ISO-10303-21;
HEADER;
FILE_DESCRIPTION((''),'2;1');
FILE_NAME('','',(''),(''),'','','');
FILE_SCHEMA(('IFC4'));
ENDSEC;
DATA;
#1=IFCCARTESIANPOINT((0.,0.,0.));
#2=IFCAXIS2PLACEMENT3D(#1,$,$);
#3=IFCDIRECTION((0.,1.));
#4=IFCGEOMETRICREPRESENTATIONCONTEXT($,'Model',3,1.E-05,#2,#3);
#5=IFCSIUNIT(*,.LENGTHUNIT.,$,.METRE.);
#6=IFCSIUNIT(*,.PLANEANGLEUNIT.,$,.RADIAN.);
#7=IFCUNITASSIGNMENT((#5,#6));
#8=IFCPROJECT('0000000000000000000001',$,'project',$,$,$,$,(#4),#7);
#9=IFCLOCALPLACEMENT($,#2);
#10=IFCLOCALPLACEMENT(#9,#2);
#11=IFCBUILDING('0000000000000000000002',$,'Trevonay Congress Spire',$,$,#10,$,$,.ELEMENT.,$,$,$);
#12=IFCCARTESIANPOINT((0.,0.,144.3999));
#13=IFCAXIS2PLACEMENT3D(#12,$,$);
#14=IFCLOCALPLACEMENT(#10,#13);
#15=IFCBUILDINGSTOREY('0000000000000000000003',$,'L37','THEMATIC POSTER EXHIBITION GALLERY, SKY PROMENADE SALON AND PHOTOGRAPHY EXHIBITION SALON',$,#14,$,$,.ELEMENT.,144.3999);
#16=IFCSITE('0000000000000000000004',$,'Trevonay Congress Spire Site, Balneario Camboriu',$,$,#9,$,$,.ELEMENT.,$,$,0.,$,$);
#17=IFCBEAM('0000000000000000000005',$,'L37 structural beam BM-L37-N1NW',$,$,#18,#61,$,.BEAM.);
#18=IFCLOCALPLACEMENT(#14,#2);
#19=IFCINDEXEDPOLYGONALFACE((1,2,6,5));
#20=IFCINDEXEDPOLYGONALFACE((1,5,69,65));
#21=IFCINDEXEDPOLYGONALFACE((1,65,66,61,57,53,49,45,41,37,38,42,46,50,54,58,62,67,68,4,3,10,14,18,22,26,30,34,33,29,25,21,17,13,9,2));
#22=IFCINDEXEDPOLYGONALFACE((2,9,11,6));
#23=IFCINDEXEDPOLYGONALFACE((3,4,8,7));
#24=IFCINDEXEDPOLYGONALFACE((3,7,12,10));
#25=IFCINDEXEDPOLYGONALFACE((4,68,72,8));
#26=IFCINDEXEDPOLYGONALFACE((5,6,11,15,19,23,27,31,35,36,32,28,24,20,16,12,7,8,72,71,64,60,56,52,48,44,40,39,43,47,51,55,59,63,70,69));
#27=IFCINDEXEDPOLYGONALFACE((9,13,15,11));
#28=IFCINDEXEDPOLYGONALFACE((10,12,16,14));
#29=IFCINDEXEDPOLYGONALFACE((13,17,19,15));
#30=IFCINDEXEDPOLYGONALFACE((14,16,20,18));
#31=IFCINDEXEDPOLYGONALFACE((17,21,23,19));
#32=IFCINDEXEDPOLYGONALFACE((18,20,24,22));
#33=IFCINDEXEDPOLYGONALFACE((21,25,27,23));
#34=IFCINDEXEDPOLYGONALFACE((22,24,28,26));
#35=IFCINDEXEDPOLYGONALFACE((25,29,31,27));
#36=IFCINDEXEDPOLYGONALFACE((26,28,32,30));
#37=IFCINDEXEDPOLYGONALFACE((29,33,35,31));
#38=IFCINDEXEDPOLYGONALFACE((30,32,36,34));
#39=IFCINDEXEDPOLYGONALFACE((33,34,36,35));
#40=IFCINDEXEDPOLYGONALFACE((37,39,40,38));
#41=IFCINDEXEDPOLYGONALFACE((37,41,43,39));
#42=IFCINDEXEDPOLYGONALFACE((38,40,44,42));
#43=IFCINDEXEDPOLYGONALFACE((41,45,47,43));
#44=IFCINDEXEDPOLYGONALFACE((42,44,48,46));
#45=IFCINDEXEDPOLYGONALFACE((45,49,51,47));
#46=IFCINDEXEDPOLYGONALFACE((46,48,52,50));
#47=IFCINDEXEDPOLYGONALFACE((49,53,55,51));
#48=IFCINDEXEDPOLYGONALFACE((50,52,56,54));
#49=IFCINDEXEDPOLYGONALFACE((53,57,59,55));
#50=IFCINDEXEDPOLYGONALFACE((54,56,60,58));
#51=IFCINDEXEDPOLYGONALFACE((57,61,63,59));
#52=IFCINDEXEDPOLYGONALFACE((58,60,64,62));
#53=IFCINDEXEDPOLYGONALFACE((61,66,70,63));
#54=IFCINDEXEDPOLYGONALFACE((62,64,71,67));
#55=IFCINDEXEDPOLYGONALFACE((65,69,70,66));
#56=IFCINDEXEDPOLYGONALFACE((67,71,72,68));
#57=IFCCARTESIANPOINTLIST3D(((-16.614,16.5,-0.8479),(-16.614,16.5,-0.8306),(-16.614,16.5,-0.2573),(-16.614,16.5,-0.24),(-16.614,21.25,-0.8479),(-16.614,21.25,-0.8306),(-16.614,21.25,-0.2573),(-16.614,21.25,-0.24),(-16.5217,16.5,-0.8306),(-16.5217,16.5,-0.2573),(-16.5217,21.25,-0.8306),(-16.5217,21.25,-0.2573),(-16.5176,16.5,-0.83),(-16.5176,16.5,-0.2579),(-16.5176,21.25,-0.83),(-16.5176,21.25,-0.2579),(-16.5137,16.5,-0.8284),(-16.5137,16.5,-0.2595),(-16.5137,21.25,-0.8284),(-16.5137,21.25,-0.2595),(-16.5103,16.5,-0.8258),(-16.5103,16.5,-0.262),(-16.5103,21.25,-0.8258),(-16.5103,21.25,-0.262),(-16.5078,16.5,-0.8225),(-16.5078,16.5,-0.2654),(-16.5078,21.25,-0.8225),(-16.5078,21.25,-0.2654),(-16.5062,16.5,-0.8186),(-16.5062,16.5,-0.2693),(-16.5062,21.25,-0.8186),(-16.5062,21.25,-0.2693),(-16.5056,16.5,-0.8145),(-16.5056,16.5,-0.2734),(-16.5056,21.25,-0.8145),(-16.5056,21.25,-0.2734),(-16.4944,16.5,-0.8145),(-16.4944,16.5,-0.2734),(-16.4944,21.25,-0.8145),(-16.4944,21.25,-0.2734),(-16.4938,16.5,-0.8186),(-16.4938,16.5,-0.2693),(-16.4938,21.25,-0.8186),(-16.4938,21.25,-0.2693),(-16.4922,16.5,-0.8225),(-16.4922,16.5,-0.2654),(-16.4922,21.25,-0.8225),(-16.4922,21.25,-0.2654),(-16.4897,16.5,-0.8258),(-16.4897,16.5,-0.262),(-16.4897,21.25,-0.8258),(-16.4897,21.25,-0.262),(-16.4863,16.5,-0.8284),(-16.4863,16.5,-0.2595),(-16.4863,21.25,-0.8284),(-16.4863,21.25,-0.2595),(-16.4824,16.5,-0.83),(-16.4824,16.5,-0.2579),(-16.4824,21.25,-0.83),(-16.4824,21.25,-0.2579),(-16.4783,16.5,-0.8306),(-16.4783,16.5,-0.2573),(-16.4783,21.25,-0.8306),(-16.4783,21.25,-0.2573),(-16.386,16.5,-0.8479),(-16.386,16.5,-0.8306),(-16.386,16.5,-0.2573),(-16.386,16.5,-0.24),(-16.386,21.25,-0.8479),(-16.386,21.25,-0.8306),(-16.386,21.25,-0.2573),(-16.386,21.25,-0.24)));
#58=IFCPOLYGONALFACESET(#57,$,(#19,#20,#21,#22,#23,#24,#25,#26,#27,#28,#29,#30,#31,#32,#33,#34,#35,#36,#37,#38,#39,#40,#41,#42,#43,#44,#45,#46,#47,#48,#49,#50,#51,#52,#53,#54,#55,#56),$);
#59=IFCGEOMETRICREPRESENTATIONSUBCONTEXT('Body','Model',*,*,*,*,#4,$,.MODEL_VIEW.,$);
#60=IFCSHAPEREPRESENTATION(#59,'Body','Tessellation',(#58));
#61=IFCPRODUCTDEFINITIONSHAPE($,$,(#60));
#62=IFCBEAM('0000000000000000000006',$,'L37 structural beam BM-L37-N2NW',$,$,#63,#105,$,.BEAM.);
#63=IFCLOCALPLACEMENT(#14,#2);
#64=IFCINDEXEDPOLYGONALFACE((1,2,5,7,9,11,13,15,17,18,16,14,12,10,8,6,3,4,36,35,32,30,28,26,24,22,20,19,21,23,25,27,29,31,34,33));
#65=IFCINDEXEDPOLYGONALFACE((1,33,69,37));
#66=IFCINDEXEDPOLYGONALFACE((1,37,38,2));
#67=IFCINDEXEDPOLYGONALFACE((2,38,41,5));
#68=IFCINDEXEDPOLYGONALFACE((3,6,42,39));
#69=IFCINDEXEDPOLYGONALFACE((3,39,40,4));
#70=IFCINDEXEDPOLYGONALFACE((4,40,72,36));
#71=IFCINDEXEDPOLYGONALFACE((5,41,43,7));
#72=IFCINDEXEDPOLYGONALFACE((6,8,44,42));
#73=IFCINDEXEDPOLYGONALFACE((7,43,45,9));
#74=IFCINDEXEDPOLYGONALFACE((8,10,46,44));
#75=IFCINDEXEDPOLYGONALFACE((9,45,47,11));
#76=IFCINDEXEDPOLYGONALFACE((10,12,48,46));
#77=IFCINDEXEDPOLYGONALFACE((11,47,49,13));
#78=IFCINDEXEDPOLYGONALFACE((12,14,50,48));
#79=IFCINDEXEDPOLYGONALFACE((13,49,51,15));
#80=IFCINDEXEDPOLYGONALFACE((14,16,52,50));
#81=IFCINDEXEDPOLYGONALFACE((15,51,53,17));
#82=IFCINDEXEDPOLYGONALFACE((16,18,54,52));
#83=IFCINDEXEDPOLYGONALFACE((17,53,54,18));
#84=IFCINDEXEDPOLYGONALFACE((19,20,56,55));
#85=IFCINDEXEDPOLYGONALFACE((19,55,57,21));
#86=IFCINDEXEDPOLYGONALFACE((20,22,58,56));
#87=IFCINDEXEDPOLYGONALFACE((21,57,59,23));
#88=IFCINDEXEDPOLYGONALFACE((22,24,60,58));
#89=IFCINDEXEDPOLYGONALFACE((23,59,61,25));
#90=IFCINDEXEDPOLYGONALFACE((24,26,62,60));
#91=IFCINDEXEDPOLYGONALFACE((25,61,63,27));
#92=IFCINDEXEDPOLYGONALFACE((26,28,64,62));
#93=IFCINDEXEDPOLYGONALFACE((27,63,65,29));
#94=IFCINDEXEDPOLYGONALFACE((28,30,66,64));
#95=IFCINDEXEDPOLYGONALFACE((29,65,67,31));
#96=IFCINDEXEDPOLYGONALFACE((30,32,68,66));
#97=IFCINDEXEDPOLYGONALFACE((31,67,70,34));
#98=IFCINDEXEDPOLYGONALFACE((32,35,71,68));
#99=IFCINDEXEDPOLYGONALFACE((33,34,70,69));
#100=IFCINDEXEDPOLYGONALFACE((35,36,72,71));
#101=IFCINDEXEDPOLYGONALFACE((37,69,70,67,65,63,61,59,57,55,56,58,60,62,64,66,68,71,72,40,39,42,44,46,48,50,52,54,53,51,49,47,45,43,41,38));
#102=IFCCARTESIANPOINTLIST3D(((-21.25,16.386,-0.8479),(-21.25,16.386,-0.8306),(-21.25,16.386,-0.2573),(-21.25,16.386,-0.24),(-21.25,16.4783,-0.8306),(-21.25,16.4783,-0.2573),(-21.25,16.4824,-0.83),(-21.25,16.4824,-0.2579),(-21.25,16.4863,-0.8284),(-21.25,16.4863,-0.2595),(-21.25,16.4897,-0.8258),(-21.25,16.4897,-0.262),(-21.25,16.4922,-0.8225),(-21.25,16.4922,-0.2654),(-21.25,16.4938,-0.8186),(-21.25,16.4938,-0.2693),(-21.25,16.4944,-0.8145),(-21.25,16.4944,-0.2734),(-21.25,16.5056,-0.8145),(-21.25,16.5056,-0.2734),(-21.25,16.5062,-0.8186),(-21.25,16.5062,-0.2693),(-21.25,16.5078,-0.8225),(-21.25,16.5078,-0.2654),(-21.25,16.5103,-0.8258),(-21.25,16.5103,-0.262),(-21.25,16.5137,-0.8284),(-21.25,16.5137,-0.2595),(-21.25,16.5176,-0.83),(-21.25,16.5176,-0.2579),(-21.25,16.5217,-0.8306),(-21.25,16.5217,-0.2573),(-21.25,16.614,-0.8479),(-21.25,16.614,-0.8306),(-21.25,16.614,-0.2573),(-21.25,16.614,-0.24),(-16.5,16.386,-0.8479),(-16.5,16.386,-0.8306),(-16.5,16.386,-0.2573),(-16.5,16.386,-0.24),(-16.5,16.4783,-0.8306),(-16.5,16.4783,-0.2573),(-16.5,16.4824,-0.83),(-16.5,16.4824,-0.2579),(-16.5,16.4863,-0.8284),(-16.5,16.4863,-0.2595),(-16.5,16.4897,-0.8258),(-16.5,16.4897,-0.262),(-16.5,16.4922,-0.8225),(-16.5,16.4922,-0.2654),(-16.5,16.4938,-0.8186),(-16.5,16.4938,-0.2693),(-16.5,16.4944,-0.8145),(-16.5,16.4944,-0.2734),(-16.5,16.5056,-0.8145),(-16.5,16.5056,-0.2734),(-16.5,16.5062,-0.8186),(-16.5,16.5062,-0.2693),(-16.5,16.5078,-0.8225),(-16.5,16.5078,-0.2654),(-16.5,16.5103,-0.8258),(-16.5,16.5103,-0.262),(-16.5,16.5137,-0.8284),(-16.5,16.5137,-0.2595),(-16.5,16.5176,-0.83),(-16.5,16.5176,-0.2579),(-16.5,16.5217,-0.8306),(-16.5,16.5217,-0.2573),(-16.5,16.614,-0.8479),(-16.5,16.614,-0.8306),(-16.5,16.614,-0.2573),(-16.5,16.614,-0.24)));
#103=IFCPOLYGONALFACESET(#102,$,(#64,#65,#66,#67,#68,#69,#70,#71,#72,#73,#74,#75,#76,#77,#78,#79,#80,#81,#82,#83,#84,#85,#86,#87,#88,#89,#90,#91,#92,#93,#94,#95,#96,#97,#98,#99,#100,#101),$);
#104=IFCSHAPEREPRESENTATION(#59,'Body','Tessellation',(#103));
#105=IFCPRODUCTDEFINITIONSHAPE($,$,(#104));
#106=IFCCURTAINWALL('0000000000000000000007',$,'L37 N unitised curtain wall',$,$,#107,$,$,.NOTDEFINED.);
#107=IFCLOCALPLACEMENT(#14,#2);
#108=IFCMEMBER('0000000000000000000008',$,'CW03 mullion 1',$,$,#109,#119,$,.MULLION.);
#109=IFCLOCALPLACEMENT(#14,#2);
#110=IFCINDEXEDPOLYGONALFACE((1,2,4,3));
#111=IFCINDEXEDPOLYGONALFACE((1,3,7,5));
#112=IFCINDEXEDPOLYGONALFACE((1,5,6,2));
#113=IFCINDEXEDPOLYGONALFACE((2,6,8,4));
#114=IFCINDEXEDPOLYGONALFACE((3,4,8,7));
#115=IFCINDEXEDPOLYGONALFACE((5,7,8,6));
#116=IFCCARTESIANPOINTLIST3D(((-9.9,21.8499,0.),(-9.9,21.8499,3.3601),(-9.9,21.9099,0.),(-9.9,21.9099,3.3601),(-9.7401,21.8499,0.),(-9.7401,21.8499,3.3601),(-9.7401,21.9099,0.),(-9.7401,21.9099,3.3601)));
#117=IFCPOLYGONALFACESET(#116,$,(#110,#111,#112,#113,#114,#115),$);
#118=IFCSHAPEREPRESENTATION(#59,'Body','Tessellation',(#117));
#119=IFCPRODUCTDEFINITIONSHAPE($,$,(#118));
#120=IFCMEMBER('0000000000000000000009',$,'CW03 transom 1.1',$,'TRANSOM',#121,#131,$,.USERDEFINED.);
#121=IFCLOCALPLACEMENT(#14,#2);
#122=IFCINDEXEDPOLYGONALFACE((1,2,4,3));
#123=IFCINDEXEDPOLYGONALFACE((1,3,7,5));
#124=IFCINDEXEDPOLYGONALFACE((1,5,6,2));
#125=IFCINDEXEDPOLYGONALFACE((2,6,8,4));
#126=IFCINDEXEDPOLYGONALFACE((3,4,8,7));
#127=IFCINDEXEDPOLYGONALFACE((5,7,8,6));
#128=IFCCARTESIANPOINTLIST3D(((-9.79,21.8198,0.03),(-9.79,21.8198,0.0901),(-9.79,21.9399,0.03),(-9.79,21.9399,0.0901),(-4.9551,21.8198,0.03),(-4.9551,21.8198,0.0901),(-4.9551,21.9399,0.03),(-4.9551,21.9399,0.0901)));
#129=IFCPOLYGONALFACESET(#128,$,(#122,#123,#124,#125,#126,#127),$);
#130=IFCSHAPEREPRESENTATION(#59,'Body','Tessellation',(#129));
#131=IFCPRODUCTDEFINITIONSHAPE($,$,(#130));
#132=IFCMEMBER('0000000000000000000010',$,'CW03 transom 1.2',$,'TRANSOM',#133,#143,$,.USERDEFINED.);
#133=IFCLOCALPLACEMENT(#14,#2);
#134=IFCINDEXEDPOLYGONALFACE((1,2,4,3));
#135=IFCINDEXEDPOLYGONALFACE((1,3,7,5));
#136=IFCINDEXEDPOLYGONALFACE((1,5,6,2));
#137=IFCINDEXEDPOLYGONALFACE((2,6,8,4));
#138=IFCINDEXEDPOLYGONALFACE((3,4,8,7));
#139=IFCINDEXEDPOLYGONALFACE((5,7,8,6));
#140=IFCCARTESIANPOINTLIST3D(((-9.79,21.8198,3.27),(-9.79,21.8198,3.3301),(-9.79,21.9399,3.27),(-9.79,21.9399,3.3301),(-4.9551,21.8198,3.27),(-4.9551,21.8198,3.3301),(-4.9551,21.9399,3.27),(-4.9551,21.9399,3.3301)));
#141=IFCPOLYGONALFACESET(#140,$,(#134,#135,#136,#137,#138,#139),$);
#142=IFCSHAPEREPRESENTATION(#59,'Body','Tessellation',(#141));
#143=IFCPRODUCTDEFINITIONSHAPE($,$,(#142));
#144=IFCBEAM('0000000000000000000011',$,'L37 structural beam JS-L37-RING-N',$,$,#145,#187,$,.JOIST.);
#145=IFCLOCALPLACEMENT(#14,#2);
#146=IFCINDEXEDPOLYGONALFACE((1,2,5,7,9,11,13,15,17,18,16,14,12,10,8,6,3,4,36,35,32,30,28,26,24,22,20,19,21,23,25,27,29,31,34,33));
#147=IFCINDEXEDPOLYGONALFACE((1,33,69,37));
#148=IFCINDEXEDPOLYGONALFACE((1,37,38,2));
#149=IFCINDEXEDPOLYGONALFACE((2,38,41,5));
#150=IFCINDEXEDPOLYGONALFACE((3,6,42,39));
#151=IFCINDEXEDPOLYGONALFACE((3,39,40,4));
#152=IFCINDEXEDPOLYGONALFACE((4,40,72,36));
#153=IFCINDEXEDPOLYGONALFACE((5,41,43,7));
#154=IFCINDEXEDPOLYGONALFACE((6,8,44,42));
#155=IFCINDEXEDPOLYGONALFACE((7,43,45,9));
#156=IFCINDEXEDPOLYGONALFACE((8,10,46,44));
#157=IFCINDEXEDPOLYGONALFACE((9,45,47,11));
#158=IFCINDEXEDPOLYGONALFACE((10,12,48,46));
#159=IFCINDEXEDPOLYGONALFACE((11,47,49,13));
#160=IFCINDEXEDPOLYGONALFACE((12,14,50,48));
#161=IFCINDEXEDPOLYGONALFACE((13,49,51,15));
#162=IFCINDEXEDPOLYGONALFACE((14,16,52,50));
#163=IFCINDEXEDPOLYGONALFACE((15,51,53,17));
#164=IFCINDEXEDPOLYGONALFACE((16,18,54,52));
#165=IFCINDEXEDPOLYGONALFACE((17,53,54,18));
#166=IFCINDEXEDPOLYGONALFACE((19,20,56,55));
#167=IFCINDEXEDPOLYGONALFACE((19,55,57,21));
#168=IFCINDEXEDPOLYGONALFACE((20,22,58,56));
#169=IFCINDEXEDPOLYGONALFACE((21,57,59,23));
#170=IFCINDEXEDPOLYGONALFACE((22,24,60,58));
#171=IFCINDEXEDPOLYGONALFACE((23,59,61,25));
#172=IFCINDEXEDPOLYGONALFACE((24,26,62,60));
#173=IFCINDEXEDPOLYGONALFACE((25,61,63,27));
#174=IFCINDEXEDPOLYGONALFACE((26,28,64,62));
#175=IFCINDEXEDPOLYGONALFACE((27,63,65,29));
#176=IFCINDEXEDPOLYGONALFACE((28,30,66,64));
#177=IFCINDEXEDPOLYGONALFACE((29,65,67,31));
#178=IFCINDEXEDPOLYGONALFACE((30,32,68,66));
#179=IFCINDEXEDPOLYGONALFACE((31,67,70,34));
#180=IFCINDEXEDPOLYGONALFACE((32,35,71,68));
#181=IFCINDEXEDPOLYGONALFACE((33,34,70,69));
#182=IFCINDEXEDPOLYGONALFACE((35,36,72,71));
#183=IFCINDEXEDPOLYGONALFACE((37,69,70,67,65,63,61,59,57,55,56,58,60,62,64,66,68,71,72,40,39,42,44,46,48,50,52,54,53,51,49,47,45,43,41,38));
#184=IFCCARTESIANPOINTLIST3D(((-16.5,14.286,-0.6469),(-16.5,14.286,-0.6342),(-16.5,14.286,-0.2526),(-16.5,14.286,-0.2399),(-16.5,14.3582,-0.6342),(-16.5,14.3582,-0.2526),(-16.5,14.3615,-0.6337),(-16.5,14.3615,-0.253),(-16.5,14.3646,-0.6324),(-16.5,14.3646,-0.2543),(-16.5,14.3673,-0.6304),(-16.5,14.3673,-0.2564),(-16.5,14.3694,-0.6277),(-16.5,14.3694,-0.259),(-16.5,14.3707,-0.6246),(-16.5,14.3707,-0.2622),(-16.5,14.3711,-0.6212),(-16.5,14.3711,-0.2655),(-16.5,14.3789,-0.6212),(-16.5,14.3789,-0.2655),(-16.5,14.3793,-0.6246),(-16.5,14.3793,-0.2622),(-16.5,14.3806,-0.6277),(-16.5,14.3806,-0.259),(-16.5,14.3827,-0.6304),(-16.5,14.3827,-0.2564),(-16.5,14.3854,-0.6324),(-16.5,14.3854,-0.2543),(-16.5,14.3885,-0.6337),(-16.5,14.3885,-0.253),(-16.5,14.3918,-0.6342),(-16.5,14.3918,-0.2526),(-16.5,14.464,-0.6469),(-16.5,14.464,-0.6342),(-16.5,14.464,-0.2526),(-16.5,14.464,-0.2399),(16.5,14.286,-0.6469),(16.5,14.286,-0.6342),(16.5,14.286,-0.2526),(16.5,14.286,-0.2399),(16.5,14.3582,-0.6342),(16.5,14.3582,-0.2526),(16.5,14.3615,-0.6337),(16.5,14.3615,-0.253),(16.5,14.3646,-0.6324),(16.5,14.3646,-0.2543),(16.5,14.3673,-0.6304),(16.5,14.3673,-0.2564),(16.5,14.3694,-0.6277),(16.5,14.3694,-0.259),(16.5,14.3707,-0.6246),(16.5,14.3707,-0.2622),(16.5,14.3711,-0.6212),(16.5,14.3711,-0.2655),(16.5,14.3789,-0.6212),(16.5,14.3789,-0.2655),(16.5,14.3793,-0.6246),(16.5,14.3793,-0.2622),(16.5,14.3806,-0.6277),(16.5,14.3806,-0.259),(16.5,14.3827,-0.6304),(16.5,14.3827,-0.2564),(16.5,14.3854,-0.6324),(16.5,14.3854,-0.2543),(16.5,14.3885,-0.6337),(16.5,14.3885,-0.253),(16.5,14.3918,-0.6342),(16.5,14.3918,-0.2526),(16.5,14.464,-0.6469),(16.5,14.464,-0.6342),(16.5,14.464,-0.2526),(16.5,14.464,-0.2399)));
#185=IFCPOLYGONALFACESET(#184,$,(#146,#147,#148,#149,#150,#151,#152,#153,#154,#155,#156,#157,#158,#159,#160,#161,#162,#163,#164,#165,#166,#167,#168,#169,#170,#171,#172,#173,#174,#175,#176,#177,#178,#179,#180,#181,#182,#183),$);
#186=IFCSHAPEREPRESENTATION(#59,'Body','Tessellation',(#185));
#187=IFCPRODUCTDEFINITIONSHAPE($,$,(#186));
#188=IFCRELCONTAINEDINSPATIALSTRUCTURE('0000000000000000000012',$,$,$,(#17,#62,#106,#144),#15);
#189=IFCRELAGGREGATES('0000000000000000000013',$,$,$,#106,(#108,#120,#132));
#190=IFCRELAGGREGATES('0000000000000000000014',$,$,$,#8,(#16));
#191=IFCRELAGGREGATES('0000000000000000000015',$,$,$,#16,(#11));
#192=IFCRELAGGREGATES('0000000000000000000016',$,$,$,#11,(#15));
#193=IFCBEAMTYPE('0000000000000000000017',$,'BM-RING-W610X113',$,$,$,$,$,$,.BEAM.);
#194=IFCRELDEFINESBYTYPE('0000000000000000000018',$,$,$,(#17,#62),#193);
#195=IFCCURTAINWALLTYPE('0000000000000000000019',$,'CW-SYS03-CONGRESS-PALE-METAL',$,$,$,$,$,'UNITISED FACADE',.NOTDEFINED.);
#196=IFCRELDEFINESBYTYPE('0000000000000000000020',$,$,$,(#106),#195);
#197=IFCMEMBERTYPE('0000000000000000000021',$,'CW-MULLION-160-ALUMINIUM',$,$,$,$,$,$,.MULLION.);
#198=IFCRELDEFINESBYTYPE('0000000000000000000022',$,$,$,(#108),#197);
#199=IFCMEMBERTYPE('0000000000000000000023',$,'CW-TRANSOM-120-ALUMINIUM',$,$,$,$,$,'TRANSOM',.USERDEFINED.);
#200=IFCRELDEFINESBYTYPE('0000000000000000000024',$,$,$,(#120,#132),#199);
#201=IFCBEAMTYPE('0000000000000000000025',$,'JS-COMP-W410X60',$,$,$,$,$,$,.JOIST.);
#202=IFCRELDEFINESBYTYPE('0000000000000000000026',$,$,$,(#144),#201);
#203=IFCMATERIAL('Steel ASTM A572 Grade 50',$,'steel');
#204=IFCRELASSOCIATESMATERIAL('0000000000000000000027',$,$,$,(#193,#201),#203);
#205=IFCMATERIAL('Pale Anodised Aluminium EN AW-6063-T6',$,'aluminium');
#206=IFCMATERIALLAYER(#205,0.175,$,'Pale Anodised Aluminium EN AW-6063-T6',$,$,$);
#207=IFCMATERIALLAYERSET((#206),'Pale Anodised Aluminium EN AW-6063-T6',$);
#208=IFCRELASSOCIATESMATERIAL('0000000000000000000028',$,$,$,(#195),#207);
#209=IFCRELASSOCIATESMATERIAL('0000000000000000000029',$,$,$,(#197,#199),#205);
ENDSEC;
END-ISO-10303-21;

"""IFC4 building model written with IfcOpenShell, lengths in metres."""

from ifc_helpers import new_model, si_unit, direction, frame, origin, origin_2d, place, context, subcontext, project, spatial, rectangle, i_section, extrude, material, layer, layer_set, material_profile, profile_set, type_object, element, aggregate, save


model = new_model("IFC4")

# Units and contexts
model_context = context("Model", 3, precision=1e-05, world=origin(), true_north=direction((0.0, 1.0)))
body_context = subcontext(model_context, "Body", "Model", "MODEL_VIEW")
ifc_project = project(units=[si_unit("LENGTHUNIT", "METRE"), si_unit("PLANEANGLEUNIT", "RADIAN")], contexts=[model_context])

# Site, building, storey
site_placement = place(None, origin())
site = spatial("IfcSite", under=ifc_project, at=site_placement, Name="Trevonay Congress Spire Site, Balneario Camboriu", CompositionType="ELEMENT", RefElevation=0.0)
building_placement = place(site_placement, origin())
building = spatial("IfcBuilding", under=site, at=building_placement, Name="Trevonay Congress Spire", CompositionType="ELEMENT")
storey_placement = place(building_placement, frame((0.0, 0.0, 144.3999)))
storey = spatial("IfcBuildingStorey", under=building, at=storey_placement, Name="L37", Description="THEMATIC POSTER EXHIBITION GALLERY, SKY PROMENADE SALON AND PHOTOGRAPHY EXHIBITION SALON", CompositionType="ELEMENT", Elevation=144.3999)

# Shared definitions
ifc_material_1 = material(Name="Steel ASTM A572 Grade 50", Category="steel")

# Beams
ifc_material_profile_1 = material_profile(ifc_material_1, i_section(OverallWidth=0.228, OverallDepth=0.6079, WebThickness=0.0112, FlangeThickness=0.0173, FilletRadius=0.0161, at=origin_2d()), Name="W610x113")
ifc_profile_set_1 = profile_set([ifc_material_profile_1], Name="Steel ASTM A572 Grade 50")
beam_type_1 = type_object("IfcBeamType", Name="BM-RING-W610X113", PredefinedType="BEAM", material=ifc_profile_set_1)
for number, where, z_axis, x_axis, name in (
    (1, (-16.5, 21.25, -0.5439), (0.0, -1.0, 0.0), (1.0, 0.0, 0.0), "L37 structural beam BM-L37-N1NW"),
    (2, (-21.25, 16.5, -0.5439), (1.0, 0.0, 0.0), (0.0, 1.0, 0.0), "L37 structural beam BM-L37-N2NW"),
):
    element("IfcBeam", number, at=place(storey_placement, frame(where, z_axis=z_axis, x_axis=x_axis)), inside=storey, type_object=beam_type_1, Name=name, PredefinedType="BEAM", context=body_context, shape_type="SweptSolid", body=[
        extrude(i_section(OverallWidth=0.228, OverallDepth=0.6079, WebThickness=0.0112, FlangeThickness=0.0173, FilletRadius=0.0161, at=origin_2d()), origin(), (0.0, 0.0, 1.0), 4.75),
    ])

# Curtain wall, members
ifc_material_2 = material(Name="Pale Anodised Aluminium EN AW-6063-T6", Category="aluminium")
ifc_layer_1 = layer(ifc_material_2, 0.175, Name="Pale Anodised Aluminium EN AW-6063-T6")
ifc_layer_set_1 = layer_set([ifc_layer_1], Name="Pale Anodised Aluminium EN AW-6063-T6")
curtain_wall_type = type_object("IfcCurtainWallType", Name="CW-SYS03-CONGRESS-PALE-METAL", ElementType="UNITISED FACADE", PredefinedType="NOTDEFINED", material=ifc_layer_set_1)
curtain_wall_placement = place(storey_placement, origin())
curtain_wall = element("IfcCurtainWall", 3, at=curtain_wall_placement, inside=storey, type_object=curtain_wall_type, Name="L37 N unitised curtain wall", PredefinedType="NOTDEFINED")
ifc_material_profile_2 = material_profile(ifc_material_2, rectangle(XDim=0.0601, YDim=0.1599, at=origin_2d()), Name="CW-MULLION-160-ALUMINIUM")
ifc_profile_set_2 = profile_set([ifc_material_profile_2], Name="Pale Anodised Aluminium EN AW-6063-T6")
member_type_1 = type_object("IfcMemberType", Name="CW-MULLION-160-ALUMINIUM", PredefinedType="MULLION", material=ifc_profile_set_2)
member_1_placement = place(storey_placement, frame((-9.8201, 21.8799, 0.0), z_axis=(0.0, 0.0, 1.0), x_axis=(0.0, 1.0, 0.0)))
member_1 = element("IfcMember", 4, at=member_1_placement, type_object=member_type_1, Name="CW03 mullion 1", PredefinedType="MULLION", context=body_context, shape_type="SweptSolid", body=[
    extrude(rectangle(XDim=0.0601, YDim=0.1599, at=origin_2d()), origin(), (0.0, 0.0, 1.0), 3.3601),
])
ifc_material_profile_3 = material_profile(ifc_material_2, rectangle(XDim=0.1201, YDim=0.0601, at=origin_2d()), Name="CW-TRANSOM-120-ALUMINIUM")
ifc_profile_set_3 = profile_set([ifc_material_profile_3], Name="Pale Anodised Aluminium EN AW-6063-T6")
member_type_2 = type_object("IfcMemberType", Name="CW-TRANSOM-120-ALUMINIUM", ElementType="TRANSOM", PredefinedType="USERDEFINED", material=ifc_profile_set_3)
member_2_placement = place(storey_placement, frame((-9.79, 21.8799, 0.0601), z_axis=(1.0, 0.0, 0.0), x_axis=(0.0, 1.0, 0.0)))
member_2 = element("IfcMember", 5, at=member_2_placement, type_object=member_type_2, Name="CW03 transom 1.1", ObjectType="TRANSOM", PredefinedType="USERDEFINED", context=body_context, shape_type="SweptSolid", body=[
    extrude(rectangle(XDim=0.1201, YDim=0.0601, at=origin_2d()), origin(), (0.0, 0.0, 1.0), 4.835),
])
member_3_placement = place(storey_placement, frame((-9.79, 21.8799, 3.3), z_axis=(1.0, 0.0, 0.0), x_axis=(0.0, 1.0, 0.0)))
member_3 = element("IfcMember", 6, at=member_3_placement, type_object=member_type_2, Name="CW03 transom 1.2", ObjectType="TRANSOM", PredefinedType="USERDEFINED", context=body_context, shape_type="SweptSolid", body=[
    extrude(rectangle(XDim=0.1201, YDim=0.0601, at=origin_2d()), origin(), (0.0, 0.0, 1.0), 4.835),
])
aggregate(curtain_wall, [member_1, member_2, member_3])

# Beam
ifc_material_profile_4 = material_profile(ifc_material_1, i_section(OverallWidth=0.178, OverallDepth=0.407, WebThickness=0.0078, FlangeThickness=0.0127, FilletRadius=0.0129, at=origin_2d()), Name="W410x60")
ifc_profile_set_4 = profile_set([ifc_material_profile_4], Name="Steel ASTM A572 Grade 50")
beam_type_2 = type_object("IfcBeamType", Name="JS-COMP-W410X60", PredefinedType="JOIST", material=ifc_profile_set_4)
beam_placement = place(storey_placement, frame((-16.5, 14.375, -0.4434), z_axis=(1.0, 0.0, 0.0), x_axis=(0.0, 1.0, 0.0)))
element("IfcBeam", 7, at=beam_placement, inside=storey, type_object=beam_type_2, Name="L37 structural beam JS-L37-RING-N", PredefinedType="JOIST", context=body_context, shape_type="SweptSolid", body=[
    extrude(i_section(OverallWidth=0.178, OverallDepth=0.407, WebThickness=0.0078, FlangeThickness=0.0127, FilletRadius=0.0129, at=origin_2d()), origin(), (0.0, 0.0, 1.0), 33.0),
])

save(model, "model.ifc")
